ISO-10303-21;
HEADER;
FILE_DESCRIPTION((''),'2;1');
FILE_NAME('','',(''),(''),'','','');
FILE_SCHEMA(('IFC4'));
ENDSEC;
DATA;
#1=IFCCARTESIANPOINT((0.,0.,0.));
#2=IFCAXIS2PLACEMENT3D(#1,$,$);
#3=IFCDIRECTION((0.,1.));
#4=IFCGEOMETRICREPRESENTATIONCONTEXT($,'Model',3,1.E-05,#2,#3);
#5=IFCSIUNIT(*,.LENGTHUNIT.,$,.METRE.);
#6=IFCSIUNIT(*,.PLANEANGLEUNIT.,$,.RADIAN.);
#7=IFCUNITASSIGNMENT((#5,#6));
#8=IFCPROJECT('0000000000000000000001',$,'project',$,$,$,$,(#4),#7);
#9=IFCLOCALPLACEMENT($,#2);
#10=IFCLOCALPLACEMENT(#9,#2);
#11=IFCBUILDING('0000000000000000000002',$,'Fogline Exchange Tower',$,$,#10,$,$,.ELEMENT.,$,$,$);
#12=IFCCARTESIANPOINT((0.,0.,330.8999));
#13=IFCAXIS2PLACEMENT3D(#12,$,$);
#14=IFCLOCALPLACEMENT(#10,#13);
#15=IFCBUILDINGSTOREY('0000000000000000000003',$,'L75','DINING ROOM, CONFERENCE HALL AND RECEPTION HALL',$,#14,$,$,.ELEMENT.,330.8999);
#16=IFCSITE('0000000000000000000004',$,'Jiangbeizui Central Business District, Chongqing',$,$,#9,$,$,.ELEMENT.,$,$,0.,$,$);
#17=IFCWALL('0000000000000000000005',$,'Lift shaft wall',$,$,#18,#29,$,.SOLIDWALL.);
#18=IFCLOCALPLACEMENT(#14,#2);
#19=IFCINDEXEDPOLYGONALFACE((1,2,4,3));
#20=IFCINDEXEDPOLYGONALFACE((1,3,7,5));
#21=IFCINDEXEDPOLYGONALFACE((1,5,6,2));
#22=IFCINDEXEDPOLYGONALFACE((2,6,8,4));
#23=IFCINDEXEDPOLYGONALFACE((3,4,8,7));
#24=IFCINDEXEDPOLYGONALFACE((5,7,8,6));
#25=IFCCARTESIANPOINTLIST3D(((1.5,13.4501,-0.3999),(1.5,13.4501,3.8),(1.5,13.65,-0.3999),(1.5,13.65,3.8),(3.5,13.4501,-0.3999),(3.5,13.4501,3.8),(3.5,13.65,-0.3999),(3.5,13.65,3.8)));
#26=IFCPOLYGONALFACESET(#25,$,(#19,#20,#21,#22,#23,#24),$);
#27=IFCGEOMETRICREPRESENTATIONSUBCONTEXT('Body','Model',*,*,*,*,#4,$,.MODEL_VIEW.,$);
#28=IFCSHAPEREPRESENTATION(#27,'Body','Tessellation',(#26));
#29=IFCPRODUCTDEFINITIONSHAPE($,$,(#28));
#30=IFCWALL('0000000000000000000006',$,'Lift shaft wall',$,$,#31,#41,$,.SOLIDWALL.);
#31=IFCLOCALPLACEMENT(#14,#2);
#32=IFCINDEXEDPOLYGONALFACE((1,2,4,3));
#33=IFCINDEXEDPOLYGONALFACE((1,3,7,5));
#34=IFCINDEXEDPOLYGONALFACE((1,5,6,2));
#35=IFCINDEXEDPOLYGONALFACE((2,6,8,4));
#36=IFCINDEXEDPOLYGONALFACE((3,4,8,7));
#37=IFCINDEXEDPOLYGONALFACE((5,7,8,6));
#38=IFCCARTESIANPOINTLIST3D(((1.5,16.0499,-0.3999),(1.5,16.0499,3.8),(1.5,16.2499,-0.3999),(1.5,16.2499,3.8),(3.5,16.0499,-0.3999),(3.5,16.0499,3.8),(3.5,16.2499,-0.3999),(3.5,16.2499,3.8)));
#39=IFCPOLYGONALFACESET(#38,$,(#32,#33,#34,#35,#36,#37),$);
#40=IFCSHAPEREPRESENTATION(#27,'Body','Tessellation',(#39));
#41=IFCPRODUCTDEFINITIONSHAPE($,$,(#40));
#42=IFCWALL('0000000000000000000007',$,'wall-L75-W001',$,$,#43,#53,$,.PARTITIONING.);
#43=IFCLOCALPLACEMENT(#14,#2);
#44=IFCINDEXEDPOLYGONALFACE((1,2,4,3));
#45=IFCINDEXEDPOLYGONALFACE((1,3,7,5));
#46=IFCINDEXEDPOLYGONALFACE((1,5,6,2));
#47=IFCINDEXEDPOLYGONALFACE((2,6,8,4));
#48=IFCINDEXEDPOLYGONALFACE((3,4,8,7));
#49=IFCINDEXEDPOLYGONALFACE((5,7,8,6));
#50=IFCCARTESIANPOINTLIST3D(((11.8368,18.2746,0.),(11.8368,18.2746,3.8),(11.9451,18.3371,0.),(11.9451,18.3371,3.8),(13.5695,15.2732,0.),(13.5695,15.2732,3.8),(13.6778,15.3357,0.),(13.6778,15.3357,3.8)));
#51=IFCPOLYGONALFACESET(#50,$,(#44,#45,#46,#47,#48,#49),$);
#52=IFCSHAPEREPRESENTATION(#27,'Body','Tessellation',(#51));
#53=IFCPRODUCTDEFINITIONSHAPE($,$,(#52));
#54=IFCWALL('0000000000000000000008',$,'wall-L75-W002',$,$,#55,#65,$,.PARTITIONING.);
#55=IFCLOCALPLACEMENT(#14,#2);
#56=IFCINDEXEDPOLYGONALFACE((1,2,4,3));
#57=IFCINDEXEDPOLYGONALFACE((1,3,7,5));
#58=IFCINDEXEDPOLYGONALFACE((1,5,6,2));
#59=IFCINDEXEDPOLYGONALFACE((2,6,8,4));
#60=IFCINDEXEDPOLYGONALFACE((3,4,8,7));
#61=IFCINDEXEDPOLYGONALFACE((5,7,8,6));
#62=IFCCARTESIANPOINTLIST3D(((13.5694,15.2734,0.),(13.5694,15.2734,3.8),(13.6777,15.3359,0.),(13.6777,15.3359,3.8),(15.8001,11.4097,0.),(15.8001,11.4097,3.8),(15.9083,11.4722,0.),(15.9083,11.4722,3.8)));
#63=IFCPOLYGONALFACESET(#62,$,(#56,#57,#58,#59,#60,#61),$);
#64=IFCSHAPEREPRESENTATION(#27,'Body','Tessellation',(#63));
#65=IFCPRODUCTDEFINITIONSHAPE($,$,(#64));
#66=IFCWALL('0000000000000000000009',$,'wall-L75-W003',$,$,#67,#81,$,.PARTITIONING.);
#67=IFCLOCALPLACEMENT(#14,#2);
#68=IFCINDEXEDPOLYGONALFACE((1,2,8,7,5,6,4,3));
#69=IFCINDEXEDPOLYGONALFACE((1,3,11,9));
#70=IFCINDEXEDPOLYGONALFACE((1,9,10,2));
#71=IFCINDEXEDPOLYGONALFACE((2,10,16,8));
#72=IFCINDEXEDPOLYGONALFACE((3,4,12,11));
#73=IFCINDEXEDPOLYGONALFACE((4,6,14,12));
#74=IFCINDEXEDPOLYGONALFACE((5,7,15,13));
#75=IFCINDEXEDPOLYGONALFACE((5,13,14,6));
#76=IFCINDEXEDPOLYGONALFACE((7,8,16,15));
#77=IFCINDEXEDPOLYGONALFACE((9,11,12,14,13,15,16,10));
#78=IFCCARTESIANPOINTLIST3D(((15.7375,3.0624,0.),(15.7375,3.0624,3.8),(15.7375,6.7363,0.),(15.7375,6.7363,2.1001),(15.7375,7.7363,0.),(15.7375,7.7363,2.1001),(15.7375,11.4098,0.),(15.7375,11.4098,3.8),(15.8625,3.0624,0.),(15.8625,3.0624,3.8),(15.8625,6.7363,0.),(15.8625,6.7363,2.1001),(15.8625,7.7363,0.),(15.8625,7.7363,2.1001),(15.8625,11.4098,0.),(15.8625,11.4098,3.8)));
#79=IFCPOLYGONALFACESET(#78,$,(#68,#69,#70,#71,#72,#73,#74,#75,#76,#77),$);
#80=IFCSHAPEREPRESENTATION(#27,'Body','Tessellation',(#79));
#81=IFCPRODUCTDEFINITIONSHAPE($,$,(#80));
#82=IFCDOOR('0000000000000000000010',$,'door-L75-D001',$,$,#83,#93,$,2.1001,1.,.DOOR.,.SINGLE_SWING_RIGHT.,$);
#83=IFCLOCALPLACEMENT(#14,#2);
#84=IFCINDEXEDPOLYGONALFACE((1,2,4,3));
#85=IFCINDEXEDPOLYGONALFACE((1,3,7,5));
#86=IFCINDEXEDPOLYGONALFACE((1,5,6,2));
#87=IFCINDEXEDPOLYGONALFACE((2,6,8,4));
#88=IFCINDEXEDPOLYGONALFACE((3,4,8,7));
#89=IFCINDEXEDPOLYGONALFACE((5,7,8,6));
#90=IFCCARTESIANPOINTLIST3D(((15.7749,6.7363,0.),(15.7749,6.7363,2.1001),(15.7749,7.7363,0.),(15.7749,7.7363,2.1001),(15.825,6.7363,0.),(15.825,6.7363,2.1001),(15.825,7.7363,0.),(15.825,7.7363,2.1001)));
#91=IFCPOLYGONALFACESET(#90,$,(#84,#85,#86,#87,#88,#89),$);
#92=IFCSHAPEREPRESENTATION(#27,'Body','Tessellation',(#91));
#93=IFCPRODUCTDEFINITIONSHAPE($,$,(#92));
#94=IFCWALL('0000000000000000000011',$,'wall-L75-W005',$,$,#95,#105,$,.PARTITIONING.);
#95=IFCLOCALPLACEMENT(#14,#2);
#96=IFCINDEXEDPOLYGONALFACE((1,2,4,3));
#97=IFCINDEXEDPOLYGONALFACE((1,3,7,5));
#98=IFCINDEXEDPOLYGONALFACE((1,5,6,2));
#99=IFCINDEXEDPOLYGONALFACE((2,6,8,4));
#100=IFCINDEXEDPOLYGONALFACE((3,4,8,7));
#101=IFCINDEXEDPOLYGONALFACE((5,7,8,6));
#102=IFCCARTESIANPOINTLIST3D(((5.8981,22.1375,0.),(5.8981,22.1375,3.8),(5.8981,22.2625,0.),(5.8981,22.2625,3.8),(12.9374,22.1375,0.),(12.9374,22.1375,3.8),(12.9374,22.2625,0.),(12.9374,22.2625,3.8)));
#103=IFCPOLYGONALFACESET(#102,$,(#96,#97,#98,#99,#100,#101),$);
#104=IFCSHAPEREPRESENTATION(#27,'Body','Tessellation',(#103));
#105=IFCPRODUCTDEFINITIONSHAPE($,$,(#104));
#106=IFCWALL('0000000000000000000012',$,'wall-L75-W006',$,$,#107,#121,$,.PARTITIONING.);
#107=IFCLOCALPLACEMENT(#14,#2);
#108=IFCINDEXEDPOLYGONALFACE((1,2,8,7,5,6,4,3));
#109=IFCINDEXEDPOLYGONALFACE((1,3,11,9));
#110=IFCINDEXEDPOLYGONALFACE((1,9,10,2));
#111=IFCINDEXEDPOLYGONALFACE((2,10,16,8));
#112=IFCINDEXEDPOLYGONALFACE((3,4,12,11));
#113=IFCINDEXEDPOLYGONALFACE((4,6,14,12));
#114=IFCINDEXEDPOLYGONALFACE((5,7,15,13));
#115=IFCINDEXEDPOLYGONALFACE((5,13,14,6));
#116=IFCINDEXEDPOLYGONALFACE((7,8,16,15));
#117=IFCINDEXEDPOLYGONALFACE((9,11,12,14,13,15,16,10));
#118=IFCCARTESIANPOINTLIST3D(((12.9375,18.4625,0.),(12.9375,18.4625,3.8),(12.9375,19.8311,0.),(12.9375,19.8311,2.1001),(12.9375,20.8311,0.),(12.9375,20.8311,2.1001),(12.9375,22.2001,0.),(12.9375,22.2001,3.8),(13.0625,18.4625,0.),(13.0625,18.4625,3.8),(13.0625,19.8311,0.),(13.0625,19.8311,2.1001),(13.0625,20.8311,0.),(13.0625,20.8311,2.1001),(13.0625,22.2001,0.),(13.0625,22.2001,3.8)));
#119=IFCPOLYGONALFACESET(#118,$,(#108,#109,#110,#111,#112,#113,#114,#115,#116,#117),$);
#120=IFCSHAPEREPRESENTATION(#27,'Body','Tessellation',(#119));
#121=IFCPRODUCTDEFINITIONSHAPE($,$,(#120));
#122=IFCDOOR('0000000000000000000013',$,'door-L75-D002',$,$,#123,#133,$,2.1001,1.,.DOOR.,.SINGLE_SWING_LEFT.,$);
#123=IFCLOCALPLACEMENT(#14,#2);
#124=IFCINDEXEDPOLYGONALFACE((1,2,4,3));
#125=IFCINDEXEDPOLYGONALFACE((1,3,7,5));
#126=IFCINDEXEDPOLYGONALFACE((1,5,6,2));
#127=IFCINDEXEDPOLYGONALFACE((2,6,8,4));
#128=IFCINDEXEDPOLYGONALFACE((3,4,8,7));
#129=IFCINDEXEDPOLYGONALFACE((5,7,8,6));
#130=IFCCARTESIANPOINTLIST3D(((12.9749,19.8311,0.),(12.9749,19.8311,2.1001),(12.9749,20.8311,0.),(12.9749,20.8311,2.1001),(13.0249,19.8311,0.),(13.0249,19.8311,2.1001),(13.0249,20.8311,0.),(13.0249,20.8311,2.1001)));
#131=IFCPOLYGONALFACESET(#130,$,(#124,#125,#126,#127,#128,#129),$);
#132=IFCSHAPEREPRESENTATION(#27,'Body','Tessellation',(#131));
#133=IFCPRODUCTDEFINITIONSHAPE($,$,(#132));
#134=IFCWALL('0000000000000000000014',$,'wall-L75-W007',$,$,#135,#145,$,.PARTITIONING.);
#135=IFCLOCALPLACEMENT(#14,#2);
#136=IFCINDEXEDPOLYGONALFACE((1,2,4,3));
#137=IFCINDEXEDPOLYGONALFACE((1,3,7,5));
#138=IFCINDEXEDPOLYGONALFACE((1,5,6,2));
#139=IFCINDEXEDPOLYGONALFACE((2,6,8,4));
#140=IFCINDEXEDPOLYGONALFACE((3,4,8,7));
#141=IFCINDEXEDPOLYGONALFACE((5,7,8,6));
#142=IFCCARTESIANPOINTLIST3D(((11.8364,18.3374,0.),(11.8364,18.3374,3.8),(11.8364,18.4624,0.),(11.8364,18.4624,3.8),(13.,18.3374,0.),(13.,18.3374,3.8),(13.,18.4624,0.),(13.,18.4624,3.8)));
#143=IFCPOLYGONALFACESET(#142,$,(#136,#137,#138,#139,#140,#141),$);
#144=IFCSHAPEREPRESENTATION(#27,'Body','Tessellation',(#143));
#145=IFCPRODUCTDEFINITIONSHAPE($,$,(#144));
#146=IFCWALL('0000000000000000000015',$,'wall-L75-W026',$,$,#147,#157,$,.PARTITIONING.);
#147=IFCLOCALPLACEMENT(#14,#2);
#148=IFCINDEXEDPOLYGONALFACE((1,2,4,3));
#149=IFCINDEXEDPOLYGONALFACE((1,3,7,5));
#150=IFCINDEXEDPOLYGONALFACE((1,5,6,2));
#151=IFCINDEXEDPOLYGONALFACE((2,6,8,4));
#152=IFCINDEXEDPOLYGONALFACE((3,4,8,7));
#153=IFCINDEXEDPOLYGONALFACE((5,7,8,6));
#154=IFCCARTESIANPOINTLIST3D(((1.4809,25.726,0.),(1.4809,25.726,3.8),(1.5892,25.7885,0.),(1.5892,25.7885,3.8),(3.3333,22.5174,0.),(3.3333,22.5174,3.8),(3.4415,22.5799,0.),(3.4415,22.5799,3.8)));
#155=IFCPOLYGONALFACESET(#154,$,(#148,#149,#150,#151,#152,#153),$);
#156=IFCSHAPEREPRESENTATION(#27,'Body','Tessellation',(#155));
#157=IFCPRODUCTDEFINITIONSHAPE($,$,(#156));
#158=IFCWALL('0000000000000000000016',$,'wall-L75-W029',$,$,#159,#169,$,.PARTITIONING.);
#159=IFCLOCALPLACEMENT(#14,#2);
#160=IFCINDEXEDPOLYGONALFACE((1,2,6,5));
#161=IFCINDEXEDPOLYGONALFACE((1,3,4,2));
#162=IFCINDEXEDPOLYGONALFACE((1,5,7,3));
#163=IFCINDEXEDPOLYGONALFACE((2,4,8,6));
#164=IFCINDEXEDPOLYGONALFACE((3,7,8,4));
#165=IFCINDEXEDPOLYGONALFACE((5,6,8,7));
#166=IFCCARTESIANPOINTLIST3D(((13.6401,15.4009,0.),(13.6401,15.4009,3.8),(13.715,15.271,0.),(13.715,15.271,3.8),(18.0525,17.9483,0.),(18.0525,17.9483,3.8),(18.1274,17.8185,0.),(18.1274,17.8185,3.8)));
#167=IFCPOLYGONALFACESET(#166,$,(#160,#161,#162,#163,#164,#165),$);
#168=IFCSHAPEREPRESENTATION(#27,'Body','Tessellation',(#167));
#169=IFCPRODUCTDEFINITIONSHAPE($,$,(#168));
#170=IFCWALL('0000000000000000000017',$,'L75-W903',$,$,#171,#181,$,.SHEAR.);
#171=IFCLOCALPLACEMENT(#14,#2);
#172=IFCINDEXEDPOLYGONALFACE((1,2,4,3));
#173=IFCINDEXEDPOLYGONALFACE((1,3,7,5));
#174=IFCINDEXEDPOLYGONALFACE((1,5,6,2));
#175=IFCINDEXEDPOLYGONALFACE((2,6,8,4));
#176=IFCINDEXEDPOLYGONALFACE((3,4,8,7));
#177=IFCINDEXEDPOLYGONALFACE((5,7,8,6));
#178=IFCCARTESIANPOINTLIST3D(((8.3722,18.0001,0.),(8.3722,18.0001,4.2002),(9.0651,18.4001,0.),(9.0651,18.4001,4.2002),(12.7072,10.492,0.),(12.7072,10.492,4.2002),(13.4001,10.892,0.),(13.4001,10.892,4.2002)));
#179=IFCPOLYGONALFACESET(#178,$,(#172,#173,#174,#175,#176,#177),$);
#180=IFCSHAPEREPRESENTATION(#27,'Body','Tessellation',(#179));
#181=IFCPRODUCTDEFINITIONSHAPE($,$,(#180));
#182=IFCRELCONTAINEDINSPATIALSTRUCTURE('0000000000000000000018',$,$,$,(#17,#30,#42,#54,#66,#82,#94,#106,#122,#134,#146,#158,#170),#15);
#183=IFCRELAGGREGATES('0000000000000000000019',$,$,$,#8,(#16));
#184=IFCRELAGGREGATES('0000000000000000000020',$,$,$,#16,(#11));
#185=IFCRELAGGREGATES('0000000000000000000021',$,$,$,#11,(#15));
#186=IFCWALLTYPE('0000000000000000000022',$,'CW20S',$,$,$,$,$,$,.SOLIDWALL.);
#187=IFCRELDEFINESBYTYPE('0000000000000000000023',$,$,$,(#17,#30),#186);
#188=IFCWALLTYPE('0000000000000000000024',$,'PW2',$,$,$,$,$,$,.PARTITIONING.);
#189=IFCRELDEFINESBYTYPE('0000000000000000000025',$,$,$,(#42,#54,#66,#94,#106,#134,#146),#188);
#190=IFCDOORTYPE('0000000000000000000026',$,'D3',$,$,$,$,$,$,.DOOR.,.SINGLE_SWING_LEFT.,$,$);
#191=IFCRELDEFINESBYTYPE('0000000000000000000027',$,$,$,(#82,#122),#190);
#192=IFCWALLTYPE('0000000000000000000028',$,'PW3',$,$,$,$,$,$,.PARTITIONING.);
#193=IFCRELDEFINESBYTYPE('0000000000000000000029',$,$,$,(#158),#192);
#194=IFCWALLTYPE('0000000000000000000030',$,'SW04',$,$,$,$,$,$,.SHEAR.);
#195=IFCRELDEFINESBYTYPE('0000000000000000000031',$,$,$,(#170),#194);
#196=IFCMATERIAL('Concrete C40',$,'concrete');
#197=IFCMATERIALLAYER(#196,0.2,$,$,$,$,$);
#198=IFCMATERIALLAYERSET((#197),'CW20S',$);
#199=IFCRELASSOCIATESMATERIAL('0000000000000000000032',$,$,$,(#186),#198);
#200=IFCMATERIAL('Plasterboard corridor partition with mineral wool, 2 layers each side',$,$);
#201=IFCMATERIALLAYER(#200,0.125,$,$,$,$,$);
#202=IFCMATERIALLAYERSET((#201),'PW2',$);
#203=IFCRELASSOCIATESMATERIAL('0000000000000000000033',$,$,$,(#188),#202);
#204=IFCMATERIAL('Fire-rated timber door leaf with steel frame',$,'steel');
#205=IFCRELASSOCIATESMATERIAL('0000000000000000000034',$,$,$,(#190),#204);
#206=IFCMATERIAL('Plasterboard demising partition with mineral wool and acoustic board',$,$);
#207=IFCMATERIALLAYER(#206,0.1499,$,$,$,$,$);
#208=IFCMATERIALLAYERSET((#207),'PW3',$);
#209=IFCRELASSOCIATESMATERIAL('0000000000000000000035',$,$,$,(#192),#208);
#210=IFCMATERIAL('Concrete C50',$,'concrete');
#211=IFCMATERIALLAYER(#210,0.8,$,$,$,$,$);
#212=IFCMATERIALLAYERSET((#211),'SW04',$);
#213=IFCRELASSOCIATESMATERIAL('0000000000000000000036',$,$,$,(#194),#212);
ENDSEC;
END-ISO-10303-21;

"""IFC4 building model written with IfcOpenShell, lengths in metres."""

from ifc_helpers import new_model, si_unit, direction, frame, frame_2d, origin, place, context, subcontext, project, spatial, rectangle, extrude, material, layer, layer_set, type_object, element, fill, save


model = new_model("IFC4")

# Units and contexts
model_context = context("Model", 3, precision=1e-05, world=origin(), true_north=direction((0.0, 1.0)))
body_context = subcontext(model_context, "Body", "Model", "MODEL_VIEW")
ifc_project = project(units=[si_unit("LENGTHUNIT", "METRE"), si_unit("PLANEANGLEUNIT", "RADIAN")], contexts=[model_context])

# Site, building, storey
site_placement = place(None, origin())
site = spatial("IfcSite", under=ifc_project, at=site_placement, Name="Jiangbeizui Central Business District, Chongqing", CompositionType="ELEMENT", RefElevation=0.0)
building_placement = place(site_placement, origin())
building = spatial("IfcBuilding", under=site, at=building_placement, Name="Fogline Exchange Tower", CompositionType="ELEMENT")
storey_placement = place(building_placement, frame((0.0, 0.0, 330.8999)))
storey = spatial("IfcBuildingStorey", under=building, at=storey_placement, Name="L75", Description="DINING ROOM, CONFERENCE HALL AND RECEPTION HALL", CompositionType="ELEMENT", Elevation=330.8999)

# Shared definitions
ifc_material_1 = material(Name="Concrete C40", Category="concrete")

# Walls
ifc_layer_1 = layer(ifc_material_1, 0.2)
ifc_layer_set_1 = layer_set([ifc_layer_1], Name="CW20S")
wall_type_1 = type_object("IfcWallType", Name="CW20S", PredefinedType="SOLIDWALL", material=ifc_layer_set_1)
for number, where, z_axis, x_axis, name in (
    (1, (1.5, 13.55, -0.3999), (0.0, 0.0, 1.0), (1.0, 0.0, 0.0), "Lift shaft wall"),
    (2, (1.5, 16.1499, -0.3999), (0.0, 0.0, 1.0), (1.0, 0.0, 0.0), "Lift shaft wall"),
):
    element("IfcWall", number, at=place(storey_placement, frame(where, z_axis=z_axis, x_axis=x_axis)), inside=storey, type_object=wall_type_1, Name=name, PredefinedType="SOLIDWALL", context=body_context, shape_type="SweptSolid", body=[
        extrude(rectangle(XDim=2.0, YDim=0.2, at=frame_2d((1.0, 0.0))), origin(), (0.0, 0.0, 1.0), 4.2),
    ])
ifc_material_2 = material(Name="Plasterboard corridor partition with mineral wool, 2 layers each side")
ifc_layer_2 = layer(ifc_material_2, 0.125)
ifc_layer_set_2 = layer_set([ifc_layer_2], Name="PW2")
wall_type_2 = type_object("IfcWallType", Name="PW2", PredefinedType="PARTITIONING", material=ifc_layer_set_2)
wall_1_placement = place(storey_placement, frame((11.8909, 18.3059, 0.0), z_axis=(0.0, 0.0, 1.0), x_axis=(0.499981, -0.866037, 0.0)))
element("IfcWall", 3, at=wall_1_placement, inside=storey, type_object=wall_type_2, Name="wall-L75-W001", PredefinedType="PARTITIONING", context=body_context, shape_type="SweptSolid", body=[
    extrude(rectangle(XDim=3.4656, YDim=0.125, at=frame_2d((1.7329, 0.0))), origin(), (0.0, 0.0, 1.0), 3.8),
])
wall_2_placement = place(storey_placement, frame((13.6235, 15.3047, 0.0), z_axis=(0.0, 0.0, 1.0), x_axis=(0.499994, -0.866029, 0.0)))
element("IfcWall", 4, at=wall_2_placement, inside=storey, type_object=wall_type_2, Name="wall-L75-W002", PredefinedType="PARTITIONING", context=body_context, shape_type="SweptSolid", body=[
    extrude(rectangle(XDim=4.4614, YDim=0.125, at=frame_2d((2.2307, 0.0))), origin(), (0.0, 0.0, 1.0), 3.8),
])

# Wall, opening, door
wall_3_placement = place(storey_placement, frame((15.8, 11.4099, 0.0), z_axis=(0.0, 0.0, 1.0), x_axis=(0.0, -1.0, 0.0)))
wall_3 = element("IfcWall", 5, at=wall_3_placement, inside=storey, type_object=wall_type_2, Name="wall-L75-W003", PredefinedType="PARTITIONING", context=body_context, shape_type="SweptSolid", body=[
    extrude(rectangle(XDim=8.3474, YDim=0.125, at=frame_2d((4.1738, 0.0))), origin(), (0.0, 0.0, 1.0), 3.8),
])
opening_1_placement = place(wall_3_placement, frame((3.6736, 0.0, 0.0)))
opening_1 = element("IfcOpeningElement", 6, at=opening_1_placement, cuts=wall_3, PredefinedType="OPENING", context=body_context, shape_type="SweptSolid", body=[
    extrude(rectangle(XDim=1.0, YDim=2.1001, at=frame_2d((0.5, 1.05))), frame((0.0, 0.0725, 0.0), z_axis=(0.0, -1.0, 0.0), x_axis=(1.0, 0.0, 0.0)), (0.0, 0.0, 1.0), 0.145),
])
ifc_material_3 = material(Name="Fire-rated timber door leaf with steel frame", Category="steel")
door_type_1 = type_object("IfcDoorType", Name="D3", OperationType="SINGLE_SWING_LEFT", PredefinedType="DOOR", material=ifc_material_3)
door_1_placement = place(opening_1_placement, origin())
door_1 = element("IfcDoor", 7, at=door_1_placement, inside=storey, type_object=door_type_1, Name="door-L75-D001", OperationType="SINGLE_SWING_RIGHT", OverallHeight=2.1001, OverallWidth=1.0, PredefinedType="DOOR", context=body_context, shape_type="SweptSolid", body=[
    extrude(rectangle(XDim=1.0, YDim=2.1001, at=frame_2d((0.5, 1.05))), frame((0.0, 0.0249, 0.0), z_axis=(0.0, -1.0, 0.0), x_axis=(1.0, 0.0, 0.0)), (0.0, 0.0, 1.0), 0.05),
])
fill(opening_1, door_1)

# Wall
wall_4_placement = place(storey_placement, frame((5.8982, 22.2, 0.0), z_axis=(0.0, 0.0, 1.0), x_axis=(1.0, 0.0, 0.0)))
element("IfcWall", 8, at=wall_4_placement, inside=storey, type_object=wall_type_2, Name="wall-L75-W005", PredefinedType="PARTITIONING", context=body_context, shape_type="SweptSolid", body=[
    extrude(rectangle(XDim=7.0393, YDim=0.125, at=frame_2d((3.5195, 0.0))), origin(), (0.0, 0.0, 1.0), 3.8),
])

# Wall, opening, door
wall_5_placement = place(storey_placement, frame((13.0, 22.2, 0.0), z_axis=(0.0, 0.0, 1.0), x_axis=(0.0, -1.0, 0.0)))
wall_5 = element("IfcWall", 9, at=wall_5_placement, inside=storey, type_object=wall_type_2, Name="wall-L75-W006", PredefinedType="PARTITIONING", context=body_context, shape_type="SweptSolid", body=[
    extrude(rectangle(XDim=3.7375, YDim=0.125, at=frame_2d((1.8687, 0.0))), origin(), (0.0, 0.0, 1.0), 3.8),
])
opening_2_placement = place(wall_5_placement, frame((1.3689, 0.0, 0.0)))
opening_2 = element("IfcOpeningElement", 10, at=opening_2_placement, cuts=wall_5, PredefinedType="OPENING", context=body_context, shape_type="SweptSolid", body=[
    extrude(rectangle(XDim=1.0, YDim=2.1001, at=frame_2d((0.5, 1.05))), frame((0.0, 0.0725, 0.0), z_axis=(0.0, -1.0, 0.0), x_axis=(1.0, 0.0, 0.0)), (0.0, 0.0, 1.0), 0.145),
])
door_2_placement = place(opening_2_placement, origin())
door_2 = element("IfcDoor", 11, at=door_2_placement, inside=storey, type_object=door_type_1, Name="door-L75-D002", OperationType="SINGLE_SWING_LEFT", OverallHeight=2.1001, OverallWidth=1.0, PredefinedType="DOOR", context=body_context, shape_type="SweptSolid", body=[
    extrude(rectangle(XDim=1.0, YDim=2.1001, at=frame_2d((0.5, 1.05))), frame((0.0, 0.0249, 0.0), z_axis=(0.0, -1.0, 0.0), x_axis=(1.0, 0.0, 0.0)), (0.0, 0.0, 1.0), 0.05),
])
fill(opening_2, door_2)

# Walls
wall_6_placement = place(storey_placement, frame((13.0, 18.3999, 0.0), z_axis=(0.0, 0.0, 1.0), x_axis=(-1.0, 0.0, 0.0)))
element("IfcWall", 12, at=wall_6_placement, inside=storey, type_object=wall_type_2, Name="wall-L75-W007", PredefinedType="PARTITIONING", context=body_context, shape_type="SweptSolid", body=[
    extrude(rectangle(XDim=1.1636, YDim=0.125, at=frame_2d((0.5818, 0.0))), origin(), (0.0, 0.0, 1.0), 3.8),
])
wall_7_placement = place(storey_placement, frame((3.3875, 22.5486, 0.0), z_axis=(0.0, 0.0, 1.0), x_axis=(-0.499973, 0.866041, 0.0)))
element("IfcWall", 13, at=wall_7_placement, inside=storey, type_object=wall_type_2, Name="wall-L75-W026", PredefinedType="PARTITIONING", context=body_context, shape_type="SweptSolid", body=[
    extrude(rectangle(XDim=3.7048, YDim=0.125, at=frame_2d((1.8525, 0.0))), origin(), (0.0, 0.0, 1.0), 3.8),
])
ifc_material_4 = material(Name="Plasterboard demising partition with mineral wool and acoustic board")
ifc_layer_3 = layer(ifc_material_4, 0.1499)
ifc_layer_set_3 = layer_set([ifc_layer_3], Name="PW3")
wall_type_3 = type_object("IfcWallType", Name="PW3", PredefinedType="PARTITIONING", material=ifc_layer_set_3)
wall_8_placement = place(storey_placement, frame((18.0898, 17.8833, 0.0), z_axis=(0.0, 0.0, 1.0), x_axis=(-0.866035, -0.499984, 0.0)))
element("IfcWall", 14, at=wall_8_placement, inside=storey, type_object=wall_type_3, Name="wall-L75-W029", PredefinedType="PARTITIONING", context=body_context, shape_type="SweptSolid", body=[
    extrude(rectangle(XDim=5.095, YDim=0.1499, at=frame_2d((2.5474, 0.0))), origin(), (0.0, 0.0, 1.0), 3.8),
])
ifc_material_5 = material(Name="Concrete C50", Category="concrete")
ifc_layer_4 = layer(ifc_material_5, 0.8)
ifc_layer_set_4 = layer_set([ifc_layer_4], Name="SW04")
wall_type_4 = type_object("IfcWallType", Name="SW04", PredefinedType="SHEAR", material=ifc_layer_set_4)
wall_9_placement = place(storey_placement, frame((13.0537, 10.6919, 0.0), z_axis=(0.0, 0.0, 1.0), x_axis=(-0.500016, 0.866016, 0.0)))
element("IfcWall", 15, at=wall_9_placement, inside=storey, type_object=wall_type_4, Name="L75-W903", PredefinedType="SHEAR", context=body_context, shape_type="SweptSolid", body=[
    extrude(rectangle(XDim=8.6697, YDim=0.8, at=frame_2d((4.335, 0.0))), origin(), (0.0, 0.0, 1.0), 4.2002),
])

save(model, "model.ifc")
